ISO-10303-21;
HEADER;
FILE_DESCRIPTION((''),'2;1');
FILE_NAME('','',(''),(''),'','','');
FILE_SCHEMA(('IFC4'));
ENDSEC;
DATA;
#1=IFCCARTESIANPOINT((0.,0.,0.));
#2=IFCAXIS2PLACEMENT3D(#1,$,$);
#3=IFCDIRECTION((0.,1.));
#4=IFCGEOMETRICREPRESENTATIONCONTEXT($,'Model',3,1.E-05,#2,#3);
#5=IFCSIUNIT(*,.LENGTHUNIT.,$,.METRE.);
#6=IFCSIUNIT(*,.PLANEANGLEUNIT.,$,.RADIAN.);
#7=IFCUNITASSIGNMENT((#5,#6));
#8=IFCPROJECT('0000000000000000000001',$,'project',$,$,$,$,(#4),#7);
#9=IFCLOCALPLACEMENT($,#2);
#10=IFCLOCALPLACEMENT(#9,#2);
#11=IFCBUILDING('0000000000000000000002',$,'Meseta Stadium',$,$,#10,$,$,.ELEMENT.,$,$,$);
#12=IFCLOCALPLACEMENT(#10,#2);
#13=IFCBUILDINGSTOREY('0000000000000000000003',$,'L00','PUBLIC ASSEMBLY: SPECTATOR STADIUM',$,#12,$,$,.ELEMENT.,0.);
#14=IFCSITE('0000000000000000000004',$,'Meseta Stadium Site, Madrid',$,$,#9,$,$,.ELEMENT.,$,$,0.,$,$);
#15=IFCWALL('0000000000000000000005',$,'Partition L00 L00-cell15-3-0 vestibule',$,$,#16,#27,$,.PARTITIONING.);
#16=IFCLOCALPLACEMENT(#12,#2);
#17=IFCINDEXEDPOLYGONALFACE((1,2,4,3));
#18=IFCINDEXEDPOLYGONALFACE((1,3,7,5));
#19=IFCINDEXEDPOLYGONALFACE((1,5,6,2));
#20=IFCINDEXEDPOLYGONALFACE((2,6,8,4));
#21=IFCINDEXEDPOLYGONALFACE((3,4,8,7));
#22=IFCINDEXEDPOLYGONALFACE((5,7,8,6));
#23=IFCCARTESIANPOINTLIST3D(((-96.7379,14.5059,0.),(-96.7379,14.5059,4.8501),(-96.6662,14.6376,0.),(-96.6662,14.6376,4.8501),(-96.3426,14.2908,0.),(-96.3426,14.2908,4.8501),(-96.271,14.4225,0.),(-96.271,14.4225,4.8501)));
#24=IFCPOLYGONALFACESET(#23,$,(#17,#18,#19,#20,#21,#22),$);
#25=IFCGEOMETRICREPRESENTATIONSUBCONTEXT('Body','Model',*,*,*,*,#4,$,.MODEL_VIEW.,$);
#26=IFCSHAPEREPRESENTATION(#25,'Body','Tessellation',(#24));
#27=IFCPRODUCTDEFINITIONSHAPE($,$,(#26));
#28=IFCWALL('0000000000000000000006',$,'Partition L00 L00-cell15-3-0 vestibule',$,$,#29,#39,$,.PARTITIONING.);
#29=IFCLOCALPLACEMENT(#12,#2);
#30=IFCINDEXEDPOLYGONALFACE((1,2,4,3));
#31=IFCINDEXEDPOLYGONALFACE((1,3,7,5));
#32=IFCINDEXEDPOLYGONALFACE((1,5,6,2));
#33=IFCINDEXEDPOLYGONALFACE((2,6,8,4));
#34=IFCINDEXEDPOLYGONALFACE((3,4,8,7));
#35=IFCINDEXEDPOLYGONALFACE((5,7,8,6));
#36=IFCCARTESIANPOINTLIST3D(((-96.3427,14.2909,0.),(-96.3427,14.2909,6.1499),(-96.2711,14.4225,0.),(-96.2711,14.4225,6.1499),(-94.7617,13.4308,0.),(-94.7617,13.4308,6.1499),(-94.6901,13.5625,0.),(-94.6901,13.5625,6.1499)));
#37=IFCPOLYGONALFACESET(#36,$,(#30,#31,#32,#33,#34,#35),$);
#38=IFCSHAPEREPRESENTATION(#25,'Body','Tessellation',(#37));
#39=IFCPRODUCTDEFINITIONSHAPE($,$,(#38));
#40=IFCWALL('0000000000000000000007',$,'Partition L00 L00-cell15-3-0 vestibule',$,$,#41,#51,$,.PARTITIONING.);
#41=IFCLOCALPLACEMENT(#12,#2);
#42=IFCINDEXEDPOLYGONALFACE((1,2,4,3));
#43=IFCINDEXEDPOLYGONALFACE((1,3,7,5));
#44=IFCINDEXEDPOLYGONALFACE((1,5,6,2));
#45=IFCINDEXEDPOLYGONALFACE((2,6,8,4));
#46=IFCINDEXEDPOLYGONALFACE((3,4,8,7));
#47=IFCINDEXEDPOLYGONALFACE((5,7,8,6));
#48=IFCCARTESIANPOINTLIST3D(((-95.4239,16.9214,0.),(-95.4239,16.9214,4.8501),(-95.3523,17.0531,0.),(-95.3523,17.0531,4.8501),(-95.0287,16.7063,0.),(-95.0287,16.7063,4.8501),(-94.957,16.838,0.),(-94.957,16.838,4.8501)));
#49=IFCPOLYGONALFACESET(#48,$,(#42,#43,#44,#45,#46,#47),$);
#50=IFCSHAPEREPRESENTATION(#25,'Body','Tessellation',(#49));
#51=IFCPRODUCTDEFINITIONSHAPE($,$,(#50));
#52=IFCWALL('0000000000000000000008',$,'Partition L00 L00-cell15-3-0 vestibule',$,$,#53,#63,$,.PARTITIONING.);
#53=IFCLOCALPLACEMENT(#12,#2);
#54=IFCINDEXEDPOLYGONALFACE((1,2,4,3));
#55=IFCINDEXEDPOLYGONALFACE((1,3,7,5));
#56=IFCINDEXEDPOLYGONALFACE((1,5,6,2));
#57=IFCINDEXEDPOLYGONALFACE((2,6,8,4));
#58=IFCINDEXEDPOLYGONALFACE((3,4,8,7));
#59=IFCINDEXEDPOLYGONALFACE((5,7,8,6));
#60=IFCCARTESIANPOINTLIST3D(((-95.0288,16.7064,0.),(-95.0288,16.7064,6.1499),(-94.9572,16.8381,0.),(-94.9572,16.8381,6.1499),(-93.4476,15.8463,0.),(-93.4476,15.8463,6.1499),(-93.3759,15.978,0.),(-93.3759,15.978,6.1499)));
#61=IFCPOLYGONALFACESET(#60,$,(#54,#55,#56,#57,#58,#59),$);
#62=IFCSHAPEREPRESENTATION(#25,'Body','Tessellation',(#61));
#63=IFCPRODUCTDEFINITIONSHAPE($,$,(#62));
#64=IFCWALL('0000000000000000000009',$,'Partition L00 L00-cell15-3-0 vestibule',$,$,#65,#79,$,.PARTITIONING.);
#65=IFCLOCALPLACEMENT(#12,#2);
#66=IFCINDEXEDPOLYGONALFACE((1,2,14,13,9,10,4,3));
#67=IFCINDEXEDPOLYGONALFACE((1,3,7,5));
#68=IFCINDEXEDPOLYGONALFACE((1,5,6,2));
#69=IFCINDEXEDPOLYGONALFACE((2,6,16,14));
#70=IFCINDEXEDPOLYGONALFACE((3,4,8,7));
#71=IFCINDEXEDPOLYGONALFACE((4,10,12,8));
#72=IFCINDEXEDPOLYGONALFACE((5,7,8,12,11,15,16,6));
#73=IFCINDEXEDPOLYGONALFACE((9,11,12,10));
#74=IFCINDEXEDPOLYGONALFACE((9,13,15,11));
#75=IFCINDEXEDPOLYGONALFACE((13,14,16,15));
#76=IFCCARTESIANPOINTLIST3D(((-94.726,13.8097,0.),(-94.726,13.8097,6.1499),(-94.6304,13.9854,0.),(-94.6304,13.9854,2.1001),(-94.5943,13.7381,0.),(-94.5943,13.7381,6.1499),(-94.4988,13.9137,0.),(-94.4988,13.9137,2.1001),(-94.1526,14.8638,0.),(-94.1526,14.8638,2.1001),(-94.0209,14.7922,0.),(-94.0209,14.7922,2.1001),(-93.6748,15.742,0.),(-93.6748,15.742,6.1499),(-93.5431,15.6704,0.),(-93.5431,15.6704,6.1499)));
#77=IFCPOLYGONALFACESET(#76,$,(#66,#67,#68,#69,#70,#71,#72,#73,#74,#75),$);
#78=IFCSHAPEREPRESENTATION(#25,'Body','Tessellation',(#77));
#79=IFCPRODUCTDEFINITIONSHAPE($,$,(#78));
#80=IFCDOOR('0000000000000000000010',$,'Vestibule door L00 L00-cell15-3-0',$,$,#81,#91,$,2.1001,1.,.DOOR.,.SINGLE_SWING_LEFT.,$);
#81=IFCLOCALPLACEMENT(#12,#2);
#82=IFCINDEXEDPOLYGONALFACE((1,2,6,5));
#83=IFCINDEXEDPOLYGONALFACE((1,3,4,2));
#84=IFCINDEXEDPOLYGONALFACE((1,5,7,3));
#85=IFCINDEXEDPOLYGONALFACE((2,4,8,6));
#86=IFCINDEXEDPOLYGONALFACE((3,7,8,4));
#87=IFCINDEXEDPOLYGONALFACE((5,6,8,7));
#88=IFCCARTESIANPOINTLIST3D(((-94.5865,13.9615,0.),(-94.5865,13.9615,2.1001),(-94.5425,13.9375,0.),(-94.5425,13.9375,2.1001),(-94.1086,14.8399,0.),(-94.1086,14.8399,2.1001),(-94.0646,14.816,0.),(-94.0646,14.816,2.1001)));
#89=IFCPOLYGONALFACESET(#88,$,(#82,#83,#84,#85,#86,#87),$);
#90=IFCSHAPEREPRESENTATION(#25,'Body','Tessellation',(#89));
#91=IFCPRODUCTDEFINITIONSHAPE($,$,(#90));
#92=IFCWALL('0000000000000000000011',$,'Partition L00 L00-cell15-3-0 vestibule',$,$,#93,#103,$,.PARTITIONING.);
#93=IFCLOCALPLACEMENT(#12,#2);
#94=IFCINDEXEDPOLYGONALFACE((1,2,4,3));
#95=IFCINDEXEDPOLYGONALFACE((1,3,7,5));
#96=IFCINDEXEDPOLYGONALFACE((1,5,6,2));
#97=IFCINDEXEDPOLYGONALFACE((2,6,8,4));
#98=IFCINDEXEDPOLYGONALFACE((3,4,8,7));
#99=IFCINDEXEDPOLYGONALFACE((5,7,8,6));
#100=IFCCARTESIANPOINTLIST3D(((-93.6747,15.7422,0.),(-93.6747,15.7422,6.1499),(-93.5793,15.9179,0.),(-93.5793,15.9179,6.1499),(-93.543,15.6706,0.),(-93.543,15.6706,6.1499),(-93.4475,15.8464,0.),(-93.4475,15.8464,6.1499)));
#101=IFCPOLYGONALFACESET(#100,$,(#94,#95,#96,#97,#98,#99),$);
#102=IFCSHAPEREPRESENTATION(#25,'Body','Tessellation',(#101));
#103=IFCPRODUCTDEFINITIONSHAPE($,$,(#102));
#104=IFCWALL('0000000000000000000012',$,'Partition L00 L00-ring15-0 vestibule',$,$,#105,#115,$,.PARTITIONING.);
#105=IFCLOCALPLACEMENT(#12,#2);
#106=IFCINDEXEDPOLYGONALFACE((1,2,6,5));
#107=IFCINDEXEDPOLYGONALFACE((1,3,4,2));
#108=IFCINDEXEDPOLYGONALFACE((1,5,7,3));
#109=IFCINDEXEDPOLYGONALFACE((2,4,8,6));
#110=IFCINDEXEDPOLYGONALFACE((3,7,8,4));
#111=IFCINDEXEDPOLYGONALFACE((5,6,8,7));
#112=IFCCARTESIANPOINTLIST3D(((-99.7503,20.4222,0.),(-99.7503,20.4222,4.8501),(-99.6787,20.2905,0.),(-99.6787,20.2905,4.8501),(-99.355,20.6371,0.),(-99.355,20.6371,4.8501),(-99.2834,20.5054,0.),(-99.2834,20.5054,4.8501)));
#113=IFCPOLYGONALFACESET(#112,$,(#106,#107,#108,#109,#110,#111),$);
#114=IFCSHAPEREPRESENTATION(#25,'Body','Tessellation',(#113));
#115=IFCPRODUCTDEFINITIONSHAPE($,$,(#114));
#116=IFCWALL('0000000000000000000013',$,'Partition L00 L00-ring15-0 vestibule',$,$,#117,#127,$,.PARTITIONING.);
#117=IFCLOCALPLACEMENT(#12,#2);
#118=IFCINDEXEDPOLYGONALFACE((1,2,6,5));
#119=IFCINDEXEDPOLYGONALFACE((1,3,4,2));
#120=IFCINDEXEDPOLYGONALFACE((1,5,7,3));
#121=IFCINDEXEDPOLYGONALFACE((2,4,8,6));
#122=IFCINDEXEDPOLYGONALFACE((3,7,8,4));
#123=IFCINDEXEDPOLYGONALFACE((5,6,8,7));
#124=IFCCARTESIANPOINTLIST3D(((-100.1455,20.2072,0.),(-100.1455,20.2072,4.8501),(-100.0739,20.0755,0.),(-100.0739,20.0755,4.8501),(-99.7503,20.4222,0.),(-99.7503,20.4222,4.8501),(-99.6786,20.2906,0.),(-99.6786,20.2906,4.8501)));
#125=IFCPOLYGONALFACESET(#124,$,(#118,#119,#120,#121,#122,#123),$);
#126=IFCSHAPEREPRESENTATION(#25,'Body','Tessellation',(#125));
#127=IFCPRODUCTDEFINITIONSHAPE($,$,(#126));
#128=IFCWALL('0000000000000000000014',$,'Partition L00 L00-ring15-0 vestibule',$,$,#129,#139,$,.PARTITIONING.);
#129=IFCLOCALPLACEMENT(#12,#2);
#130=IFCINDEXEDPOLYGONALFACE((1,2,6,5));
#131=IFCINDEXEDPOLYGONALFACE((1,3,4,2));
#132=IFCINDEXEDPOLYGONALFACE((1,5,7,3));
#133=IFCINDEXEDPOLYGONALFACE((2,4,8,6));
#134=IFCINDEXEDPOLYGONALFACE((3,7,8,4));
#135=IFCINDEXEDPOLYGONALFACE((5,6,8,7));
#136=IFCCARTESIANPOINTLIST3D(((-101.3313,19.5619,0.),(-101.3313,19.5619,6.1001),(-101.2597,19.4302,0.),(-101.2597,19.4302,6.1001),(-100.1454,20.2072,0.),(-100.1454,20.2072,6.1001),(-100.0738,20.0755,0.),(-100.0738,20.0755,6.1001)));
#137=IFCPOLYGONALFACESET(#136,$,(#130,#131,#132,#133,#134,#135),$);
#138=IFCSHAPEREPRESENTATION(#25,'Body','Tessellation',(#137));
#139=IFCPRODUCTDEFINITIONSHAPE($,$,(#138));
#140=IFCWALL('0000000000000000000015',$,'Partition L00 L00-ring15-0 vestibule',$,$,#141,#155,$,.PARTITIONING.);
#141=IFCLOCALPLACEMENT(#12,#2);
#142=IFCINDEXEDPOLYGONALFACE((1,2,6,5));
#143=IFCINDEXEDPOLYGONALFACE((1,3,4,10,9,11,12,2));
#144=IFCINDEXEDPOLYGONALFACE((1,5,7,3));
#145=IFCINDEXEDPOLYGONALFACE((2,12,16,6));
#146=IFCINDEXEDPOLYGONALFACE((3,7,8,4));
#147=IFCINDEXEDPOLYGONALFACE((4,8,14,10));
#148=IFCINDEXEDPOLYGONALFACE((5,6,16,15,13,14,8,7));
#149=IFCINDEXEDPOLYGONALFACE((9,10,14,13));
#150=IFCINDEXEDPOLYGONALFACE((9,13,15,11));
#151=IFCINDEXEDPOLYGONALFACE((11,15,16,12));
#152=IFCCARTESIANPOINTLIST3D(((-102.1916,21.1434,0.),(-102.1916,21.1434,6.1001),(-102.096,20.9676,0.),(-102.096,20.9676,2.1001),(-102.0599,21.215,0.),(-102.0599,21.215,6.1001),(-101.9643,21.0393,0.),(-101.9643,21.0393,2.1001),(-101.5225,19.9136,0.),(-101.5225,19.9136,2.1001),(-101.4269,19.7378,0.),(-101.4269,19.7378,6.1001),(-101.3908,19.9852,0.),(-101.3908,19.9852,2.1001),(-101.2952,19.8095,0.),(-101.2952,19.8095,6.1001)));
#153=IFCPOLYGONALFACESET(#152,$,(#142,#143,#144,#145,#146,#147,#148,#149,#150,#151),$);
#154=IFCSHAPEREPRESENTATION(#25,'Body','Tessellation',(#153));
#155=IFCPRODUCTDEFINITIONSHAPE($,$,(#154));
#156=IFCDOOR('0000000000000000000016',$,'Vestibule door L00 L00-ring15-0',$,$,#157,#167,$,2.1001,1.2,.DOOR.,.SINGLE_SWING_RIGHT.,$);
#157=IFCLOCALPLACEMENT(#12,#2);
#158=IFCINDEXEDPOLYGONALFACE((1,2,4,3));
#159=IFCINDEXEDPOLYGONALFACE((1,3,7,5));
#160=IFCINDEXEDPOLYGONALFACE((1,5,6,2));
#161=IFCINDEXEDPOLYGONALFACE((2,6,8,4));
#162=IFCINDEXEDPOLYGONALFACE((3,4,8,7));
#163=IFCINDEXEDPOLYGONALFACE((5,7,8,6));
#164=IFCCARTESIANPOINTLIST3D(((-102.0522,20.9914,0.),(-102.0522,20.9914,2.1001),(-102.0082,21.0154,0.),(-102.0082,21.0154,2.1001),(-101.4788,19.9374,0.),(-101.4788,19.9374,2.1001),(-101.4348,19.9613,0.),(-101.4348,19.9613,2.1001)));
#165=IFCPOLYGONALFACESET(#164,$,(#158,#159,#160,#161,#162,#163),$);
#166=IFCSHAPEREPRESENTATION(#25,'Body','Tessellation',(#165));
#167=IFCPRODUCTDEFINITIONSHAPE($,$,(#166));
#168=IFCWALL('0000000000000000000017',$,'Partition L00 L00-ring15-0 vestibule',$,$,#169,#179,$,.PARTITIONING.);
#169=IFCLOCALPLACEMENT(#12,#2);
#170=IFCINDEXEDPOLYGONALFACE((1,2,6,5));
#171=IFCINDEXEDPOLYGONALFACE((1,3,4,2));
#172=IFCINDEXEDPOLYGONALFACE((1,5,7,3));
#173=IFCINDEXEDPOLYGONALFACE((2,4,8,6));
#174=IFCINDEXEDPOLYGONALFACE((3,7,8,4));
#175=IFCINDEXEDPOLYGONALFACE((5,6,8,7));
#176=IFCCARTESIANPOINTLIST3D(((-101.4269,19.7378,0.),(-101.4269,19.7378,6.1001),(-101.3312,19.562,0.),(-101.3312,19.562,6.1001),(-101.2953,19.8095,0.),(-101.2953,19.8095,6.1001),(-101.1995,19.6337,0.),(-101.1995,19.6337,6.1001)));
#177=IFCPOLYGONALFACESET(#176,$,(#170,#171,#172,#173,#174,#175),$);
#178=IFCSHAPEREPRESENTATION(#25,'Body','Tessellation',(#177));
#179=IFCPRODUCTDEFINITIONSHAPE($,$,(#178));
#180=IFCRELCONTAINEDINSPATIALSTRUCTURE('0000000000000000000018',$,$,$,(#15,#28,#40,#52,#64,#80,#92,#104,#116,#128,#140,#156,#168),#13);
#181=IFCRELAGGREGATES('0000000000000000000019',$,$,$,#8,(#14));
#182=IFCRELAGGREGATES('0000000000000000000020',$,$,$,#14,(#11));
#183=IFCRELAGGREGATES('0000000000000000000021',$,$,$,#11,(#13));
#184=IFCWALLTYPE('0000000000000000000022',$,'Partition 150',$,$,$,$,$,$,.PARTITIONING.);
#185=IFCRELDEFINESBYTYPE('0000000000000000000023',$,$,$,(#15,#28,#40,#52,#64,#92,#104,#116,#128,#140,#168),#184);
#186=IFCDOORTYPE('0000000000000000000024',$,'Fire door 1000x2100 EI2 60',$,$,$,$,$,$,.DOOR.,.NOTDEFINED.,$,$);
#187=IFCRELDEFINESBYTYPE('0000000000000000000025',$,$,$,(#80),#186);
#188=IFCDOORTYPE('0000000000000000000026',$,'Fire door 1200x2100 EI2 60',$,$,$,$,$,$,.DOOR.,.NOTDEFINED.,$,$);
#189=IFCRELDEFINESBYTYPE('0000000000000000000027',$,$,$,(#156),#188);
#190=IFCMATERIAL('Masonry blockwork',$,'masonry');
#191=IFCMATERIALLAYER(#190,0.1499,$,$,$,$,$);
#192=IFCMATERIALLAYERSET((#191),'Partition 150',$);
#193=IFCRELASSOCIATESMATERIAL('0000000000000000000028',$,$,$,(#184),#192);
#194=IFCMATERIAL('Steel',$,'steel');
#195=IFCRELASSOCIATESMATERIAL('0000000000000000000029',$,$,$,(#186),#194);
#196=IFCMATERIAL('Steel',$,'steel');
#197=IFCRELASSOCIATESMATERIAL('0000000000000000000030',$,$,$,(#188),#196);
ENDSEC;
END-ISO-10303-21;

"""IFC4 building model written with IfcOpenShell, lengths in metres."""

from ifc_helpers import new_model, si_unit, direction, frame, frame_2d, origin, place, context, subcontext, project, spatial, rectangle, extrude, material, layer, layer_set, type_object, element, fill, save


model = new_model("IFC4")

# Units and contexts
model_context = context("Model", 3, precision=1e-05, world=origin(), true_north=direction((0.0, 1.0)))
body_context = subcontext(model_context, "Body", "Model", "MODEL_VIEW")
ifc_project = project(units=[si_unit("LENGTHUNIT", "METRE"), si_unit("PLANEANGLEUNIT", "RADIAN")], contexts=[model_context])

# Site, building, storey
site_placement = place(None, origin())
site = spatial("IfcSite", under=ifc_project, at=site_placement, Name="Meseta Stadium Site, Madrid", CompositionType="ELEMENT", RefElevation=0.0)
building_placement = place(site_placement, origin())
building = spatial("IfcBuilding", under=site, at=building_placement, Name="Meseta Stadium", CompositionType="ELEMENT")
storey_placement = place(building_placement, origin())
storey = spatial("IfcBuildingStorey", under=building, at=storey_placement, Name="L00", Description="PUBLIC ASSEMBLY: SPECTATOR STADIUM", CompositionType="ELEMENT", Elevation=0.0)

# Walls
ifc_material_1 = material(Name="Masonry blockwork", Category="masonry")
ifc_layer_1 = layer(ifc_material_1, 0.1499)
ifc_layer_set_1 = layer_set([ifc_layer_1], Name="Partition 150")
wall_type_1 = type_object("IfcWallType", Name="Partition 150", PredefinedType="PARTITIONING", material=ifc_layer_set_1)
wall_1_placement = place(storey_placement, frame((-96.7021, 14.5718, 0.0), z_axis=(0.0, 0.0, 1.0), x_axis=(0.878372, -0.477978, 0.0)))
element("IfcWall", 1, at=wall_1_placement, inside=storey, type_object=wall_type_1, Name="Partition L00 L00-cell15-3-0 vestibule", PredefinedType="PARTITIONING", context=body_context, shape_type="SweptSolid", body=[
    extrude(rectangle(XDim=0.45, YDim=0.1499, at=frame_2d((0.2251, 0.0))), origin(), (0.0, 0.0, 1.0), 4.8501),
])
wall_2_placement = place(storey_placement, frame((-96.3069, 14.3567, 0.0), z_axis=(0.0, 0.0, 1.0), x_axis=(0.878429, -0.477873, 0.0)))
element("IfcWall", 2, at=wall_2_placement, inside=storey, type_object=wall_type_1, Name="Partition L00 L00-cell15-3-0 vestibule", PredefinedType="PARTITIONING", context=body_context, shape_type="SweptSolid", body=[
    extrude(rectangle(XDim=1.7998, YDim=0.1499, at=frame_2d((0.8999, 0.0))), origin(), (0.0, 0.0, 1.0), 6.1499),
])
wall_3_placement = place(storey_placement, frame((-95.3882, 16.9873, 0.0), z_axis=(0.0, 0.0, 1.0), x_axis=(0.878372, -0.477978, 0.0)))
element("IfcWall", 3, at=wall_3_placement, inside=storey, type_object=wall_type_1, Name="Partition L00 L00-cell15-3-0 vestibule", PredefinedType="PARTITIONING", context=body_context, shape_type="SweptSolid", body=[
    extrude(rectangle(XDim=0.45, YDim=0.1499, at=frame_2d((0.2251, 0.0))), origin(), (0.0, 0.0, 1.0), 4.8501),
])
wall_4_placement = place(storey_placement, frame((-94.9929, 16.7722, 0.0), z_axis=(0.0, 0.0, 1.0), x_axis=(0.87846, -0.477816, 0.0)))
element("IfcWall", 4, at=wall_4_placement, inside=storey, type_object=wall_type_1, Name="Partition L00 L00-cell15-3-0 vestibule", PredefinedType="PARTITIONING", context=body_context, shape_type="SweptSolid", body=[
    extrude(rectangle(XDim=1.8, YDim=0.1499, at=frame_2d((0.8999, 0.0))), origin(), (0.0, 0.0, 1.0), 6.1499),
])

# Wall, opening, door
wall_5_placement = place(storey_placement, frame((-94.6602, 13.7739, 0.0), z_axis=(0.0, 0.0, 1.0), x_axis=(0.477888, 0.878421, 0.0)))
wall_5 = element("IfcWall", 5, at=wall_5_placement, inside=storey, type_object=wall_type_1, Name="Partition L00 L00-cell15-3-0 vestibule", PredefinedType="PARTITIONING", context=body_context, shape_type="SweptSolid", body=[
    extrude(rectangle(XDim=2.1997, YDim=0.1499, at=frame_2d((1.0999, 0.0))), origin(), (0.0, 0.0, 1.0), 6.1499),
])
opening_1_placement = place(wall_5_placement, frame((0.2, 0.0, 0.0)))
opening_1 = element("IfcOpeningElement", 6, at=opening_1_placement, cuts=wall_5, PredefinedType="OPENING", context=body_context, shape_type="SweptSolid", body=[
    extrude(rectangle(XDim=1.0, YDim=2.1001, at=frame_2d((0.5, 1.05))), frame((0.0, 0.085, 0.0), z_axis=(0.0, -1.0, 0.0), x_axis=(1.0, 0.0, 0.0)), (0.0, 0.0, 1.0), 0.1699),
])
ifc_material_2 = material(Name="Steel", Category="steel")
door_type_1 = type_object("IfcDoorType", Name="Fire door 1000x2100 EI2 60", OperationType="NOTDEFINED", PredefinedType="DOOR", material=ifc_material_2)
door_1_placement = place(opening_1_placement, origin())
door_1 = element("IfcDoor", 7, at=door_1_placement, inside=storey, type_object=door_type_1, Name="Vestibule door L00 L00-cell15-3-0", OperationType="SINGLE_SWING_LEFT", OverallHeight=2.1001, OverallWidth=1.0, PredefinedType="DOOR", context=body_context, shape_type="SweptSolid", body=[
    extrude(rectangle(XDim=1.0, YDim=2.1001, at=frame_2d((0.5, 1.05))), frame((0.0, 0.0249, 0.0), z_axis=(0.0, -1.0, 0.0), x_axis=(1.0, 0.0, 0.0)), (0.0, 0.0, 1.0), 0.05),
])
fill(opening_1, door_1)

# Walls
wall_6_placement = place(storey_placement, frame((-93.6089, 15.7063, 0.0), z_axis=(0.0, 0.0, 1.0), x_axis=(0.477227, 0.87878, 0.0)))
element("IfcWall", 8, at=wall_6_placement, inside=storey, type_object=wall_type_1, Name="Partition L00 L00-cell15-3-0 vestibule", PredefinedType="PARTITIONING", context=body_context, shape_type="SweptSolid", body=[
    extrude(rectangle(XDim=0.2, YDim=0.1499, at=frame_2d((0.1001, 0.0))), origin(), (0.0, 0.0, 1.0), 6.1499),
])
for number, where, z_axis, x_axis, name in (
    (9, (-99.3191, 20.5713, 0.0), (0.0, 0.0, 1.0), (-0.8786, -0.477559, 0.0), "Partition L00 L00-ring15-0 vestibule"),
    (10, (-99.7144, 20.3564, 0.0), (0.0, 0.0, 1.0), (-0.878372, -0.477978, 0.0), "Partition L00 L00-ring15-0 vestibule"),
):
    element("IfcWall", number, at=place(storey_placement, frame(where, z_axis=z_axis, x_axis=x_axis)), inside=storey, type_object=wall_type_1, Name=name, PredefinedType="PARTITIONING", context=body_context, shape_type="SweptSolid", body=[
        extrude(rectangle(XDim=0.45, YDim=0.1499, at=frame_2d((0.2251, 0.0))), origin(), (0.0, 0.0, 1.0), 4.8501),
    ])
wall_7_placement = place(storey_placement, frame((-100.1096, 20.1414, 0.0), z_axis=(0.0, 0.0, 1.0), x_axis=(-0.878372, -0.477978, 0.0)))
element("IfcWall", 11, at=wall_7_placement, inside=storey, type_object=wall_type_1, Name="Partition L00 L00-ring15-0 vestibule", PredefinedType="PARTITIONING", context=body_context, shape_type="SweptSolid", body=[
    extrude(rectangle(XDim=1.3501, YDim=0.1499, at=frame_2d((0.675, 0.0))), origin(), (0.0, 0.0, 1.0), 6.1001),
])

# Wall, opening, door
wall_8_placement = place(storey_placement, frame((-102.1257, 21.1792, 0.0), z_axis=(0.0, 0.0, 1.0), x_axis=(0.47789, -0.87842, 0.0)))
wall_8 = element("IfcWall", 12, at=wall_8_placement, inside=storey, type_object=wall_type_1, Name="Partition L00 L00-ring15-0 vestibule", PredefinedType="PARTITIONING", context=body_context, shape_type="SweptSolid", body=[
    extrude(rectangle(XDim=1.6001, YDim=0.1499, at=frame_2d((0.8, 0.0))), origin(), (0.0, 0.0, 1.0), 6.1001),
])
opening_2_placement = place(wall_8_placement, frame((0.2, 0.0, 0.0)))
opening_2 = element("IfcOpeningElement", 13, at=opening_2_placement, cuts=wall_8, PredefinedType="OPENING", context=body_context, shape_type="SweptSolid", body=[
    extrude(rectangle(XDim=1.2, YDim=2.1001, at=frame_2d((0.6001, 1.05))), frame((0.0, 0.085, 0.0), z_axis=(0.0, -1.0, 0.0), x_axis=(1.0, 0.0, 0.0)), (0.0, 0.0, 1.0), 0.1699),
])
ifc_material_3 = material(Name="Steel", Category="steel")
door_type_2 = type_object("IfcDoorType", Name="Fire door 1200x2100 EI2 60", OperationType="NOTDEFINED", PredefinedType="DOOR", material=ifc_material_3)
door_2_placement = place(opening_2_placement, origin())
door_2 = element("IfcDoor", 14, at=door_2_placement, inside=storey, type_object=door_type_2, Name="Vestibule door L00 L00-ring15-0", OperationType="SINGLE_SWING_RIGHT", OverallHeight=2.1001, OverallWidth=1.2, PredefinedType="DOOR", context=body_context, shape_type="SweptSolid", body=[
    extrude(rectangle(XDim=1.2, YDim=2.1001, at=frame_2d((0.6001, 1.05))), frame((0.0, 0.0249, 0.0), z_axis=(0.0, -1.0, 0.0), x_axis=(1.0, 0.0, 0.0)), (0.0, 0.0, 1.0), 0.05),
])
fill(opening_2, door_2)

# Wall
wall_9_placement = place(storey_placement, frame((-101.3611, 19.7737, 0.0), z_axis=(0.0, 0.0, 1.0), x_axis=(0.478168, -0.878268, 0.0)))
element("IfcWall", 15, at=wall_9_placement, inside=storey, type_object=wall_type_1, Name="Partition L00 L00-ring15-0 vestibule", PredefinedType="PARTITIONING", context=body_context, shape_type="SweptSolid", body=[
    extrude(rectangle(XDim=0.2002, YDim=0.1499, at=frame_2d((0.1001, 0.0))), origin(), (0.0, 0.0, 1.0), 6.1001),
])

save(model, "model.ifc")
